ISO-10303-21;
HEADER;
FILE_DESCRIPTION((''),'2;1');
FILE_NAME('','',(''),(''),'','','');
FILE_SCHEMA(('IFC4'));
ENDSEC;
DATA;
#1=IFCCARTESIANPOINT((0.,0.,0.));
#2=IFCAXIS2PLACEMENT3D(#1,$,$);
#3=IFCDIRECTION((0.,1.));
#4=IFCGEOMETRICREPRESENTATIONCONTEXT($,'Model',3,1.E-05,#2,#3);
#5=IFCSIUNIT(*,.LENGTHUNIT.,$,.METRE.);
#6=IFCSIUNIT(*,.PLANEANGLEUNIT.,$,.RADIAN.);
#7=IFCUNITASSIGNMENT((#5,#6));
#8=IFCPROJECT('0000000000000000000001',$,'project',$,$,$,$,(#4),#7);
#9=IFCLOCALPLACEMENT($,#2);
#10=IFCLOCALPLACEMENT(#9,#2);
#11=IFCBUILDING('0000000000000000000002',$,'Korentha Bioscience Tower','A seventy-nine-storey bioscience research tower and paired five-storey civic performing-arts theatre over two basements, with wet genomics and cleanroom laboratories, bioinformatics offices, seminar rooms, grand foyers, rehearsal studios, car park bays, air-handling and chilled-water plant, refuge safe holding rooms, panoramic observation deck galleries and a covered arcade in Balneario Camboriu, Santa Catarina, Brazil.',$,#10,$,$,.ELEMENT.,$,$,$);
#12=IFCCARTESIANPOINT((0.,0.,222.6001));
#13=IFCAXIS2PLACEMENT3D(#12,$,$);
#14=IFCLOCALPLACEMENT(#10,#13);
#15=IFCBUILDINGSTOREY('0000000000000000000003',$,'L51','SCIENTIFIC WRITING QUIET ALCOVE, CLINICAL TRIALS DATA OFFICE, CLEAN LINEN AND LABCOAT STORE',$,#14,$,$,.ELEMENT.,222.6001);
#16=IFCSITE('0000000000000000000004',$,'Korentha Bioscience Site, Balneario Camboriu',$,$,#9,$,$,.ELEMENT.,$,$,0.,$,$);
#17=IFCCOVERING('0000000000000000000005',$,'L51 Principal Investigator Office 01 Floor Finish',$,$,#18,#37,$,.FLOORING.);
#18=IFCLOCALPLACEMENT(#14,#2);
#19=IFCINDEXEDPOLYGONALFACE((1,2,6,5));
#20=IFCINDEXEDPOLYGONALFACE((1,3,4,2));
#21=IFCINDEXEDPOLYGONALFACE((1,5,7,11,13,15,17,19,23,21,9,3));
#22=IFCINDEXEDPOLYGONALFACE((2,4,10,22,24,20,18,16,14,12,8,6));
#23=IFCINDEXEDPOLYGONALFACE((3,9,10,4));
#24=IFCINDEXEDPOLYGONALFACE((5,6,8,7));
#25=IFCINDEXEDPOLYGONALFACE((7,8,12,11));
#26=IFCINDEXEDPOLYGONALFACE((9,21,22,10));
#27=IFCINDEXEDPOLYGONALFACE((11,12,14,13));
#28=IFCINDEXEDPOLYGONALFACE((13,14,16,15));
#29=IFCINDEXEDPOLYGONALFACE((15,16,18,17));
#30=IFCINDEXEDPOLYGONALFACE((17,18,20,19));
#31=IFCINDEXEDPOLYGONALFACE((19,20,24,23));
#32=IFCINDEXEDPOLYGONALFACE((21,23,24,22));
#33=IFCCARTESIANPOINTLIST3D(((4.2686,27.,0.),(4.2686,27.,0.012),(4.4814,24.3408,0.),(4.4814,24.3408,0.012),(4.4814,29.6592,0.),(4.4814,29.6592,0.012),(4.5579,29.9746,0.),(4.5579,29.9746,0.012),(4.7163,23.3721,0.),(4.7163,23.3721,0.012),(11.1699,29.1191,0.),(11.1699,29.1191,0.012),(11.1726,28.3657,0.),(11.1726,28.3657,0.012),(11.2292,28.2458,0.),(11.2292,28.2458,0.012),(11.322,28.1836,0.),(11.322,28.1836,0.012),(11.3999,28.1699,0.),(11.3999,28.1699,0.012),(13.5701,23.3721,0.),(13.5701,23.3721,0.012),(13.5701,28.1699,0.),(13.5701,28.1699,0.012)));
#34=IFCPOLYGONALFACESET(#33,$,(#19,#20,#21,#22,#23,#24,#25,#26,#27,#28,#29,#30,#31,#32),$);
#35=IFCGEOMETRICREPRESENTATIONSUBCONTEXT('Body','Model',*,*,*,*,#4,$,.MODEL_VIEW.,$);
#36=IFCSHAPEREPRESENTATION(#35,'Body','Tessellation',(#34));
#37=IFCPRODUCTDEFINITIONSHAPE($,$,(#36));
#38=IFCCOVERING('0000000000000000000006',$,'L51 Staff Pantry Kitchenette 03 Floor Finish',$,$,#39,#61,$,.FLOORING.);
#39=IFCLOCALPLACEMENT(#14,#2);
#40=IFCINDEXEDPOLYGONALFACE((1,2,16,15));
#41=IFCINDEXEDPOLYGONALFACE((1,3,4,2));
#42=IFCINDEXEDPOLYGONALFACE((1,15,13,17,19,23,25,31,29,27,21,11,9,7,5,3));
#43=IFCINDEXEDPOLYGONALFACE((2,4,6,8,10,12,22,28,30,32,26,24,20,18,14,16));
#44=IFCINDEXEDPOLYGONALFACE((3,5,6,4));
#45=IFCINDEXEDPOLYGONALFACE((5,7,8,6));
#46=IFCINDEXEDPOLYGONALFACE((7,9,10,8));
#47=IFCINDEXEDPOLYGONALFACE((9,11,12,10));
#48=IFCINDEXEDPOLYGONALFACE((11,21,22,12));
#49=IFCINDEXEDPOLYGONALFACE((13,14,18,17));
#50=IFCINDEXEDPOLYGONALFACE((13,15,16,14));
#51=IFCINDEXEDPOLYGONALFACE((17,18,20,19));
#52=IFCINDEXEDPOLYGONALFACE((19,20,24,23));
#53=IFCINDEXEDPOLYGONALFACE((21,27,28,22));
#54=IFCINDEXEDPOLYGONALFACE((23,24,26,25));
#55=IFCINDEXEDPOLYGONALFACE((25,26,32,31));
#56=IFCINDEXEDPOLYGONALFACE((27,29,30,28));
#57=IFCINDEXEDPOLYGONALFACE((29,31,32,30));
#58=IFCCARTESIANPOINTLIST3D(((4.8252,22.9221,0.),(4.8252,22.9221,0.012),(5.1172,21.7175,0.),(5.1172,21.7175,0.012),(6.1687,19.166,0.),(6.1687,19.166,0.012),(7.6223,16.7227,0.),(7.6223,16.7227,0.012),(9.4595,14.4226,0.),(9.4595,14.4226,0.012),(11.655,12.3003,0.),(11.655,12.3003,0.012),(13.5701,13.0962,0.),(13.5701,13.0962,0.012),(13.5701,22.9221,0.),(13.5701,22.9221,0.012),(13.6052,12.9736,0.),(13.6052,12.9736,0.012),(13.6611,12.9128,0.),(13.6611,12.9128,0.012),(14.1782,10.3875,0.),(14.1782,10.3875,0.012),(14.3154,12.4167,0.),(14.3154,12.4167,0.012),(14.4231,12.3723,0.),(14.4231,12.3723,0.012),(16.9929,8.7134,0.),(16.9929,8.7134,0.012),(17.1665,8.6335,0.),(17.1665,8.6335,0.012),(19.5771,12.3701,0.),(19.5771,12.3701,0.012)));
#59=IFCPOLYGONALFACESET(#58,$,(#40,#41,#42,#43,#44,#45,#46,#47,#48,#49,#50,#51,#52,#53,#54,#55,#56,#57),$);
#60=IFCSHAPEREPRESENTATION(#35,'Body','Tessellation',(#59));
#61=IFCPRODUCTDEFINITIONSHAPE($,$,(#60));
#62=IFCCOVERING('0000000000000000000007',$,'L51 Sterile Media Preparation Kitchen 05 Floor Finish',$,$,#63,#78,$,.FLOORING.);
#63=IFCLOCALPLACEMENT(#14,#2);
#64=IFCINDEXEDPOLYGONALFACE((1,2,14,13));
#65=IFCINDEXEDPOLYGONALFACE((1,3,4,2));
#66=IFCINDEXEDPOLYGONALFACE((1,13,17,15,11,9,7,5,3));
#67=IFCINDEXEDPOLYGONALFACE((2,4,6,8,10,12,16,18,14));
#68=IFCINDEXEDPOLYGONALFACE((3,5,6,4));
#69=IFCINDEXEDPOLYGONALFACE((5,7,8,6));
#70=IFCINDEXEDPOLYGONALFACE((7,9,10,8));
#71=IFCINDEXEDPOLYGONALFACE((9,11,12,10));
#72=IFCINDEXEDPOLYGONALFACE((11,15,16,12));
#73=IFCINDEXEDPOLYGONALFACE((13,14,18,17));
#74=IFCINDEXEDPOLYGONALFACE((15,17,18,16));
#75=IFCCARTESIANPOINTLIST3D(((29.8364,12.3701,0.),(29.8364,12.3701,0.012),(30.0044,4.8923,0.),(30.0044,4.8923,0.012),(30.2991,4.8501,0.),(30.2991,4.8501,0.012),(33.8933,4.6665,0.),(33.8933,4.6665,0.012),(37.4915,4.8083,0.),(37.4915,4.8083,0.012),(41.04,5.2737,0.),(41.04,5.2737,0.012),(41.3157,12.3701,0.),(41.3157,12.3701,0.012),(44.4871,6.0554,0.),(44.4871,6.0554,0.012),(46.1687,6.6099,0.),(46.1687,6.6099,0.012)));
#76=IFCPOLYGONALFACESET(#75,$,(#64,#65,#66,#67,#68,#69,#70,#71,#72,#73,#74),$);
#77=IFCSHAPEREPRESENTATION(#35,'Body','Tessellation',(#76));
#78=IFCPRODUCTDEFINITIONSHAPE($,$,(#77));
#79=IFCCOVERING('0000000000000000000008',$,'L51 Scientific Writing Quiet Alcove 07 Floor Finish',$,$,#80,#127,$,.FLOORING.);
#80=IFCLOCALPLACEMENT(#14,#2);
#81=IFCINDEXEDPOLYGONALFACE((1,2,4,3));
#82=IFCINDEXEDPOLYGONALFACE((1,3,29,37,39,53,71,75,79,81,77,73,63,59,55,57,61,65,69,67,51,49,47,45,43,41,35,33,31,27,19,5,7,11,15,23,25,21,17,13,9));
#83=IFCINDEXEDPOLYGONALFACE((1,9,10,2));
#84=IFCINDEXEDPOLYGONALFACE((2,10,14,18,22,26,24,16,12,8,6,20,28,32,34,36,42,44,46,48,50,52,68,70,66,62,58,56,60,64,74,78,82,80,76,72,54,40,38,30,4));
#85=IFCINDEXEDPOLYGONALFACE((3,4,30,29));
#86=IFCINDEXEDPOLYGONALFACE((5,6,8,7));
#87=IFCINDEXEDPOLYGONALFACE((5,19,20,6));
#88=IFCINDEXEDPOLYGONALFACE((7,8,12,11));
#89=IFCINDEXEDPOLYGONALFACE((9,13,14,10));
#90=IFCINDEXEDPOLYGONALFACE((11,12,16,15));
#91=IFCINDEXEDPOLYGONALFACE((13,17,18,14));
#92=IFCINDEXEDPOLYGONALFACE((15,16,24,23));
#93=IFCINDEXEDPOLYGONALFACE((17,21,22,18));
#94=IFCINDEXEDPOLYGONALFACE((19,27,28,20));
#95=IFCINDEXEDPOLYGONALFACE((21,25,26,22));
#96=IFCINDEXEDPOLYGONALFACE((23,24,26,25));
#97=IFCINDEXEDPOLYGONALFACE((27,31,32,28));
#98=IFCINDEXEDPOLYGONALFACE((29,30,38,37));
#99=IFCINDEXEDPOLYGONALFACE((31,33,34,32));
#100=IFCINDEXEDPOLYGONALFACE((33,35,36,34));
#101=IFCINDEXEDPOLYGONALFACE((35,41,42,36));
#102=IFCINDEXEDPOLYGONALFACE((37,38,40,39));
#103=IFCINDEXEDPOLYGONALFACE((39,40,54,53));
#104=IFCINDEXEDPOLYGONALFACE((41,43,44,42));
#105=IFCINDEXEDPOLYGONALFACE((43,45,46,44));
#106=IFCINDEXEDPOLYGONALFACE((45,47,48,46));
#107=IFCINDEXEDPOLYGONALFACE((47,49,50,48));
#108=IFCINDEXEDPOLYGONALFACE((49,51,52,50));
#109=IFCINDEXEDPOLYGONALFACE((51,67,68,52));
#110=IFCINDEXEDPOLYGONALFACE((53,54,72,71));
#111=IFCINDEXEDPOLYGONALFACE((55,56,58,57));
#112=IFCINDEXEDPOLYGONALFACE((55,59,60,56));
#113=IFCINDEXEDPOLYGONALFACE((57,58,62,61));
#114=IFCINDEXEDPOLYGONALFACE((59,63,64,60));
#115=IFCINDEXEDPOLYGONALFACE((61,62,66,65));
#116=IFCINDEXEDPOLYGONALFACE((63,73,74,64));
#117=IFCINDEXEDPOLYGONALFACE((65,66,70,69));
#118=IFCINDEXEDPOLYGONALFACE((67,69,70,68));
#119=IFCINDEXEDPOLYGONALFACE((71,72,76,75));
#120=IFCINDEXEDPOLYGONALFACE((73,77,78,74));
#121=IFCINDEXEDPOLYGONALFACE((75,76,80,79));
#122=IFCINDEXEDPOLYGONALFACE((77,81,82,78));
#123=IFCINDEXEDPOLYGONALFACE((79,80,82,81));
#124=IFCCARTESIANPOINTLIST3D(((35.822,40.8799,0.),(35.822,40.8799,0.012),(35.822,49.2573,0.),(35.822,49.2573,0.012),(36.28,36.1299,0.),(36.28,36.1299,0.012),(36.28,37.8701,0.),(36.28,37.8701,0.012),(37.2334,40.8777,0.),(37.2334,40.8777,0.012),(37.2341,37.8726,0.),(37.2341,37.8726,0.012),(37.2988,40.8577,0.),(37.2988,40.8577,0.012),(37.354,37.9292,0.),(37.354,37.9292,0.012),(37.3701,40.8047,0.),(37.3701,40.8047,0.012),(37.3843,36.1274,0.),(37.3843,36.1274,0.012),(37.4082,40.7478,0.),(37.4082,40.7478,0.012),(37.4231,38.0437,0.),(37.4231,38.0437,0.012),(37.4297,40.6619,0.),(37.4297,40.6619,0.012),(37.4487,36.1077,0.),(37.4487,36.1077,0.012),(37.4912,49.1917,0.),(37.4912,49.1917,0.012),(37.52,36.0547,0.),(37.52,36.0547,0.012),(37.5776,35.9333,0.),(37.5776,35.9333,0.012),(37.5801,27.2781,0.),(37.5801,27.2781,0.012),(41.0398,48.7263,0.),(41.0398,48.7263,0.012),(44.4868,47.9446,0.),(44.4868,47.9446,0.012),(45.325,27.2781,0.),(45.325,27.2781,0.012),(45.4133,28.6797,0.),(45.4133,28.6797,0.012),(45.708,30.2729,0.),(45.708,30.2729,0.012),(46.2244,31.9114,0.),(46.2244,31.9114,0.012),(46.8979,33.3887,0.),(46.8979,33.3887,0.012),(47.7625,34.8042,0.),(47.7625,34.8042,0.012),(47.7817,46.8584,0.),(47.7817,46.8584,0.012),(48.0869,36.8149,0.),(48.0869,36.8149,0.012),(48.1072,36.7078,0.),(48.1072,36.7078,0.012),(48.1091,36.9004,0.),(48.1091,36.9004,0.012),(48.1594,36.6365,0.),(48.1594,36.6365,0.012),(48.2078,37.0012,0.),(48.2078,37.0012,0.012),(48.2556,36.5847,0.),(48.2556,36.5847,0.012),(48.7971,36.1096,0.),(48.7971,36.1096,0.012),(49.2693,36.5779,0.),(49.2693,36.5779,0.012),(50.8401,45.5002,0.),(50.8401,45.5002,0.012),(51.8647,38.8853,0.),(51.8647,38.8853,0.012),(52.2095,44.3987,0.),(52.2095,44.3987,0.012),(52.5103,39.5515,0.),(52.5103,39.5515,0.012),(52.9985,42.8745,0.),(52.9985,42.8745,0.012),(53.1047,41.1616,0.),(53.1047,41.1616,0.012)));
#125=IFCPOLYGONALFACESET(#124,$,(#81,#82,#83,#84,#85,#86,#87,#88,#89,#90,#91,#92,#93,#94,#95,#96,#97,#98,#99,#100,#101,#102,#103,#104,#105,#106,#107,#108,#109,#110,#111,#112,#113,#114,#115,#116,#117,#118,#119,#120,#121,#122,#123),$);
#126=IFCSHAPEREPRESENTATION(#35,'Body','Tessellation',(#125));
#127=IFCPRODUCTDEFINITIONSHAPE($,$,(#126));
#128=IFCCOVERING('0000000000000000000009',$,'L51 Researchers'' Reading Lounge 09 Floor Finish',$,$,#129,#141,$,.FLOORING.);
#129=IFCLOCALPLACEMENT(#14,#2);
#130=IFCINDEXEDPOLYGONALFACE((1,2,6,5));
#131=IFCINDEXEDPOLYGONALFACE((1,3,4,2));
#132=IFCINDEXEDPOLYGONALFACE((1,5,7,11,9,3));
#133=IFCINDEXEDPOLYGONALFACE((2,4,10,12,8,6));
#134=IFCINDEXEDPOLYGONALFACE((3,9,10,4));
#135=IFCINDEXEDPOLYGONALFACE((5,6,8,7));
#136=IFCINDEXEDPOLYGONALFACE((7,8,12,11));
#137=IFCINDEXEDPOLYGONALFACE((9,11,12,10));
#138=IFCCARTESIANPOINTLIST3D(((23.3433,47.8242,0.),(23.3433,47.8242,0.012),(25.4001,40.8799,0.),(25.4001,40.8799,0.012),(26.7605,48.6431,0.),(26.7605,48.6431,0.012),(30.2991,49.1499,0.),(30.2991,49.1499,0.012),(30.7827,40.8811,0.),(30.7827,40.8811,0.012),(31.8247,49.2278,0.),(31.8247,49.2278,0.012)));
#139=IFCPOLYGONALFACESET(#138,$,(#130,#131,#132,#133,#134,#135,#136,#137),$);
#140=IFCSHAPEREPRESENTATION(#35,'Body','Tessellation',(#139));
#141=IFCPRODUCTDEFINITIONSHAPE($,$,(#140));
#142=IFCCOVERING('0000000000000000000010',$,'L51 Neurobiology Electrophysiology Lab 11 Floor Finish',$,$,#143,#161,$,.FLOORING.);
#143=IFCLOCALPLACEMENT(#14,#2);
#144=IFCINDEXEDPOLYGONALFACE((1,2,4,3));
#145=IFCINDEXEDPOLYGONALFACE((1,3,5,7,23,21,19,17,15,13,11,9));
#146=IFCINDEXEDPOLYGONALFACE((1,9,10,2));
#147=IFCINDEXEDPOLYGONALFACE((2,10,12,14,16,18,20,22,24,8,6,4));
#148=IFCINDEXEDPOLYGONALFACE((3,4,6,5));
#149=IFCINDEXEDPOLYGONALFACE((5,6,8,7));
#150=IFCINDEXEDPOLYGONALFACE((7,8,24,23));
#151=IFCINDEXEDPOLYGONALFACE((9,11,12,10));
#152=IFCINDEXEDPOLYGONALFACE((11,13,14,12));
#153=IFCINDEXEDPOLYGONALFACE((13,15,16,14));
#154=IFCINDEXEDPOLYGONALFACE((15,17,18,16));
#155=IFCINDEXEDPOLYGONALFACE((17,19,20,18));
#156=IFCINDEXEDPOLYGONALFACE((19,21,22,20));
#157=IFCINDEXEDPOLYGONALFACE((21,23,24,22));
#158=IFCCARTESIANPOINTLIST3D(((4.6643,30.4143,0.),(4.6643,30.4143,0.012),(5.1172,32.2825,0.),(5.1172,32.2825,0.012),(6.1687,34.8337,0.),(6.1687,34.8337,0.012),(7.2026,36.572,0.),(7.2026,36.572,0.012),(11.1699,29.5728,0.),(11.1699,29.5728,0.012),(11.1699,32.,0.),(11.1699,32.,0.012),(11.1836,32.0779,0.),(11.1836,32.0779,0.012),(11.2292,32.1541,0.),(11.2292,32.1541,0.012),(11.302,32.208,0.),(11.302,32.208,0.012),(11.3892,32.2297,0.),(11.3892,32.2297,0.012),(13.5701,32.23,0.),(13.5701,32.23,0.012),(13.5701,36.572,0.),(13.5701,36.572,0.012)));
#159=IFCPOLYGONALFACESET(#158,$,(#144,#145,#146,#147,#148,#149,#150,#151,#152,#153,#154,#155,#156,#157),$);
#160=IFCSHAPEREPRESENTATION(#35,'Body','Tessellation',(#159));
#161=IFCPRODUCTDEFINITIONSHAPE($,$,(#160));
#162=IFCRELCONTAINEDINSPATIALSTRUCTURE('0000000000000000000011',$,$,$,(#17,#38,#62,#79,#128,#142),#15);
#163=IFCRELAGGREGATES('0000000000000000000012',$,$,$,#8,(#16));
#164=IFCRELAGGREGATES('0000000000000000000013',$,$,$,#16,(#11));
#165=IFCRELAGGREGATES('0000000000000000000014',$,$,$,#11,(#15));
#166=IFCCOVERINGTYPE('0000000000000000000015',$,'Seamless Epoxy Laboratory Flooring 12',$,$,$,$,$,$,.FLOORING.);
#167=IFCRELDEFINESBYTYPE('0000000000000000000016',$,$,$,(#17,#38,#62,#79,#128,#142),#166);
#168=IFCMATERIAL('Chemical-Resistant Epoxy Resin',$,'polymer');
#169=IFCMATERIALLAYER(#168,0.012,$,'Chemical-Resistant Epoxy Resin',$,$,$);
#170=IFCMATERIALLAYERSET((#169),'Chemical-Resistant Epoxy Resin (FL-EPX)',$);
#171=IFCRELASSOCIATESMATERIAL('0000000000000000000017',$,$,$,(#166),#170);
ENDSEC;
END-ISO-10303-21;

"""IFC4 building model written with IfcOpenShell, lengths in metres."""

from ifc_helpers import new_model, si_unit, direction, frame, origin, place, context, subcontext, project, spatial, polyline, outline, extrude, material, layer, layer_set, type_object, element, save


model = new_model("IFC4")

# Units and contexts
model_context = context("Model", 3, precision=1e-05, world=origin(), true_north=direction((0.0, 1.0)))
body_context = subcontext(model_context, "Body", "Model", "MODEL_VIEW")
ifc_project = project(units=[si_unit("LENGTHUNIT", "METRE"), si_unit("PLANEANGLEUNIT", "RADIAN")], contexts=[model_context])

# Site, building, storey
site_placement = place(None, origin())
site = spatial("IfcSite", under=ifc_project, at=site_placement, Name="Korentha Bioscience Site, Balneario Camboriu", CompositionType="ELEMENT", RefElevation=0.0)
building_placement = place(site_placement, origin())
building = spatial("IfcBuilding", under=site, at=building_placement, Name="Korentha Bioscience Tower", Description="A seventy-nine-storey bioscience research tower and paired five-storey civic performing-arts theatre over two basements, with wet genomics and cleanroom laboratories, bioinformatics offices, seminar rooms, grand foyers, rehearsal studios, car park bays, air-handling and chilled-water plant, refuge safe holding rooms, panoramic observation deck galleries and a covered arcade in Balneario Camboriu, Santa Catarina, Brazil.", CompositionType="ELEMENT")
storey_placement = place(building_placement, frame((0.0, 0.0, 222.6001)))
storey = spatial("IfcBuildingStorey", under=building, at=storey_placement, Name="L51", Description="SCIENTIFIC WRITING QUIET ALCOVE, CLINICAL TRIALS DATA OFFICE, CLEAN LINEN AND LABCOAT STORE", CompositionType="ELEMENT", Elevation=222.6001)

# Coverings
ifc_material_1 = material(Name="Chemical-Resistant Epoxy Resin", Category="polymer")
ifc_layer_1 = layer(ifc_material_1, 0.012, Name="Chemical-Resistant Epoxy Resin")
ifc_layer_set_1 = layer_set([ifc_layer_1], Name="Chemical-Resistant Epoxy Resin (FL-EPX)")
covering_type_1 = type_object("IfcCoveringType", Name="Seamless Epoxy Laboratory Flooring 12", PredefinedType="FLOORING", material=ifc_layer_set_1)
covering_1_placement = place(storey_placement, origin())
element("IfcCovering", 1, at=covering_1_placement, inside=storey, type_object=covering_type_1, Name="L51 Principal Investigator Office 01 Floor Finish", PredefinedType="FLOORING", context=body_context, shape_type="SweptSolid", body=[
    extrude(outline(polyline([(11.1699, 29.1191), (11.1726, 28.3657), (11.2292, 28.2458), (11.322, 28.1836), (11.3999, 28.1699), (13.5701, 28.1699), (13.5701, 23.3721), (4.7163, 23.3721), (4.4814, 24.3408), (4.2686, 27.0), (4.4814, 29.6592), (4.5579, 29.9746), (11.1699, 29.1191)])), origin(), (0.0, 0.0, 1.0), 0.012),
])
covering_2_placement = place(storey_placement, origin())
element("IfcCovering", 2, at=covering_2_placement, inside=storey, type_object=covering_type_1, Name="L51 Staff Pantry Kitchenette 03 Floor Finish", PredefinedType="FLOORING", context=body_context, shape_type="SweptSolid", body=[
    extrude(outline(polyline([(9.4595, 14.4226), (7.6223, 16.7227), (6.1687, 19.166), (5.1172, 21.7175), (4.8252, 22.9221), (13.5701, 22.9221), (13.5701, 13.0962), (13.6052, 12.9736), (13.6611, 12.9128), (14.3154, 12.4167), (14.4231, 12.3723), (19.5771, 12.3701), (17.1665, 8.6335), (16.9929, 8.7134), (14.1782, 10.3875), (11.655, 12.3003), (9.4595, 14.4226)])), origin(), (0.0, 0.0, 1.0), 0.012),
])
covering_3_placement = place(storey_placement, origin())
element("IfcCovering", 3, at=covering_3_placement, inside=storey, type_object=covering_type_1, Name="L51 Sterile Media Preparation Kitchen 05 Floor Finish", PredefinedType="FLOORING", context=body_context, shape_type="SweptSolid", body=[
    extrude(outline(polyline([(29.8364, 12.3701), (41.3157, 12.3701), (46.1687, 6.6099), (44.4871, 6.0554), (41.04, 5.2737), (37.4915, 4.8083), (33.8933, 4.6665), (30.2991, 4.8501), (30.0044, 4.8923), (29.8364, 12.3701)])), origin(), (0.0, 0.0, 1.0), 0.012),
])
covering_4_placement = place(storey_placement, origin())
element("IfcCovering", 4, at=covering_4_placement, inside=storey, type_object=covering_type_1, Name="L51 Scientific Writing Quiet Alcove 07 Floor Finish", PredefinedType="FLOORING", context=body_context, shape_type="SweptSolid", body=[
    extrude(outline(polyline([(35.822, 49.2573), (37.4912, 49.1917), (41.0398, 48.7263), (44.4868, 47.9446), (47.7817, 46.8584), (50.8401, 45.5002), (52.2095, 44.3987), (52.9985, 42.8745), (53.1047, 41.1616), (52.5103, 39.5515), (51.8647, 38.8853), (48.2078, 37.0012), (48.1091, 36.9004), (48.0869, 36.8149), (48.1072, 36.7078), (48.1594, 36.6365), (48.2556, 36.5847), (49.2693, 36.5779), (48.7971, 36.1096), (47.7625, 34.8042), (46.8979, 33.3887), (46.2244, 31.9114), (45.708, 30.2729), (45.4133, 28.6797), (45.325, 27.2781), (37.5801, 27.2781), (37.5776, 35.9333), (37.52, 36.0547), (37.4487, 36.1077), (37.3843, 36.1274), (36.28, 36.1299), (36.28, 37.8701), (37.2341, 37.8726), (37.354, 37.9292), (37.4231, 38.0437), (37.4297, 40.6619), (37.4082, 40.7478), (37.3701, 40.8047), (37.2988, 40.8577), (37.2334, 40.8777), (35.822, 40.8799), (35.822, 49.2573)])), origin(), (0.0, 0.0, 1.0), 0.012),
])
covering_5_placement = place(storey_placement, origin())
element("IfcCovering", 5, at=covering_5_placement, inside=storey, type_object=covering_type_1, Name="L51 Researchers' Reading Lounge 09 Floor Finish", PredefinedType="FLOORING", context=body_context, shape_type="SweptSolid", body=[
    extrude(outline(polyline([(26.7605, 48.6431), (30.2991, 49.1499), (31.8247, 49.2278), (30.7827, 40.8811), (25.4001, 40.8799), (23.3433, 47.8242), (26.7605, 48.6431)])), origin(), (0.0, 0.0, 1.0), 0.012),
])
covering_6_placement = place(storey_placement, origin())
element("IfcCovering", 6, at=covering_6_placement, inside=storey, type_object=covering_type_1, Name="L51 Neurobiology Electrophysiology Lab 11 Floor Finish", PredefinedType="FLOORING", context=body_context, shape_type="SweptSolid", body=[
    extrude(outline(polyline([(7.2026, 36.572), (13.5701, 36.572), (13.5701, 32.23), (11.3892, 32.2297), (11.302, 32.208), (11.2292, 32.1541), (11.1836, 32.0779), (11.1699, 32.0), (11.1699, 29.5728), (4.6643, 30.4143), (5.1172, 32.2825), (6.1687, 34.8337), (7.2026, 36.572)])), origin(), (0.0, 0.0, 1.0), 0.012),
])

save(model, "model.ifc")
